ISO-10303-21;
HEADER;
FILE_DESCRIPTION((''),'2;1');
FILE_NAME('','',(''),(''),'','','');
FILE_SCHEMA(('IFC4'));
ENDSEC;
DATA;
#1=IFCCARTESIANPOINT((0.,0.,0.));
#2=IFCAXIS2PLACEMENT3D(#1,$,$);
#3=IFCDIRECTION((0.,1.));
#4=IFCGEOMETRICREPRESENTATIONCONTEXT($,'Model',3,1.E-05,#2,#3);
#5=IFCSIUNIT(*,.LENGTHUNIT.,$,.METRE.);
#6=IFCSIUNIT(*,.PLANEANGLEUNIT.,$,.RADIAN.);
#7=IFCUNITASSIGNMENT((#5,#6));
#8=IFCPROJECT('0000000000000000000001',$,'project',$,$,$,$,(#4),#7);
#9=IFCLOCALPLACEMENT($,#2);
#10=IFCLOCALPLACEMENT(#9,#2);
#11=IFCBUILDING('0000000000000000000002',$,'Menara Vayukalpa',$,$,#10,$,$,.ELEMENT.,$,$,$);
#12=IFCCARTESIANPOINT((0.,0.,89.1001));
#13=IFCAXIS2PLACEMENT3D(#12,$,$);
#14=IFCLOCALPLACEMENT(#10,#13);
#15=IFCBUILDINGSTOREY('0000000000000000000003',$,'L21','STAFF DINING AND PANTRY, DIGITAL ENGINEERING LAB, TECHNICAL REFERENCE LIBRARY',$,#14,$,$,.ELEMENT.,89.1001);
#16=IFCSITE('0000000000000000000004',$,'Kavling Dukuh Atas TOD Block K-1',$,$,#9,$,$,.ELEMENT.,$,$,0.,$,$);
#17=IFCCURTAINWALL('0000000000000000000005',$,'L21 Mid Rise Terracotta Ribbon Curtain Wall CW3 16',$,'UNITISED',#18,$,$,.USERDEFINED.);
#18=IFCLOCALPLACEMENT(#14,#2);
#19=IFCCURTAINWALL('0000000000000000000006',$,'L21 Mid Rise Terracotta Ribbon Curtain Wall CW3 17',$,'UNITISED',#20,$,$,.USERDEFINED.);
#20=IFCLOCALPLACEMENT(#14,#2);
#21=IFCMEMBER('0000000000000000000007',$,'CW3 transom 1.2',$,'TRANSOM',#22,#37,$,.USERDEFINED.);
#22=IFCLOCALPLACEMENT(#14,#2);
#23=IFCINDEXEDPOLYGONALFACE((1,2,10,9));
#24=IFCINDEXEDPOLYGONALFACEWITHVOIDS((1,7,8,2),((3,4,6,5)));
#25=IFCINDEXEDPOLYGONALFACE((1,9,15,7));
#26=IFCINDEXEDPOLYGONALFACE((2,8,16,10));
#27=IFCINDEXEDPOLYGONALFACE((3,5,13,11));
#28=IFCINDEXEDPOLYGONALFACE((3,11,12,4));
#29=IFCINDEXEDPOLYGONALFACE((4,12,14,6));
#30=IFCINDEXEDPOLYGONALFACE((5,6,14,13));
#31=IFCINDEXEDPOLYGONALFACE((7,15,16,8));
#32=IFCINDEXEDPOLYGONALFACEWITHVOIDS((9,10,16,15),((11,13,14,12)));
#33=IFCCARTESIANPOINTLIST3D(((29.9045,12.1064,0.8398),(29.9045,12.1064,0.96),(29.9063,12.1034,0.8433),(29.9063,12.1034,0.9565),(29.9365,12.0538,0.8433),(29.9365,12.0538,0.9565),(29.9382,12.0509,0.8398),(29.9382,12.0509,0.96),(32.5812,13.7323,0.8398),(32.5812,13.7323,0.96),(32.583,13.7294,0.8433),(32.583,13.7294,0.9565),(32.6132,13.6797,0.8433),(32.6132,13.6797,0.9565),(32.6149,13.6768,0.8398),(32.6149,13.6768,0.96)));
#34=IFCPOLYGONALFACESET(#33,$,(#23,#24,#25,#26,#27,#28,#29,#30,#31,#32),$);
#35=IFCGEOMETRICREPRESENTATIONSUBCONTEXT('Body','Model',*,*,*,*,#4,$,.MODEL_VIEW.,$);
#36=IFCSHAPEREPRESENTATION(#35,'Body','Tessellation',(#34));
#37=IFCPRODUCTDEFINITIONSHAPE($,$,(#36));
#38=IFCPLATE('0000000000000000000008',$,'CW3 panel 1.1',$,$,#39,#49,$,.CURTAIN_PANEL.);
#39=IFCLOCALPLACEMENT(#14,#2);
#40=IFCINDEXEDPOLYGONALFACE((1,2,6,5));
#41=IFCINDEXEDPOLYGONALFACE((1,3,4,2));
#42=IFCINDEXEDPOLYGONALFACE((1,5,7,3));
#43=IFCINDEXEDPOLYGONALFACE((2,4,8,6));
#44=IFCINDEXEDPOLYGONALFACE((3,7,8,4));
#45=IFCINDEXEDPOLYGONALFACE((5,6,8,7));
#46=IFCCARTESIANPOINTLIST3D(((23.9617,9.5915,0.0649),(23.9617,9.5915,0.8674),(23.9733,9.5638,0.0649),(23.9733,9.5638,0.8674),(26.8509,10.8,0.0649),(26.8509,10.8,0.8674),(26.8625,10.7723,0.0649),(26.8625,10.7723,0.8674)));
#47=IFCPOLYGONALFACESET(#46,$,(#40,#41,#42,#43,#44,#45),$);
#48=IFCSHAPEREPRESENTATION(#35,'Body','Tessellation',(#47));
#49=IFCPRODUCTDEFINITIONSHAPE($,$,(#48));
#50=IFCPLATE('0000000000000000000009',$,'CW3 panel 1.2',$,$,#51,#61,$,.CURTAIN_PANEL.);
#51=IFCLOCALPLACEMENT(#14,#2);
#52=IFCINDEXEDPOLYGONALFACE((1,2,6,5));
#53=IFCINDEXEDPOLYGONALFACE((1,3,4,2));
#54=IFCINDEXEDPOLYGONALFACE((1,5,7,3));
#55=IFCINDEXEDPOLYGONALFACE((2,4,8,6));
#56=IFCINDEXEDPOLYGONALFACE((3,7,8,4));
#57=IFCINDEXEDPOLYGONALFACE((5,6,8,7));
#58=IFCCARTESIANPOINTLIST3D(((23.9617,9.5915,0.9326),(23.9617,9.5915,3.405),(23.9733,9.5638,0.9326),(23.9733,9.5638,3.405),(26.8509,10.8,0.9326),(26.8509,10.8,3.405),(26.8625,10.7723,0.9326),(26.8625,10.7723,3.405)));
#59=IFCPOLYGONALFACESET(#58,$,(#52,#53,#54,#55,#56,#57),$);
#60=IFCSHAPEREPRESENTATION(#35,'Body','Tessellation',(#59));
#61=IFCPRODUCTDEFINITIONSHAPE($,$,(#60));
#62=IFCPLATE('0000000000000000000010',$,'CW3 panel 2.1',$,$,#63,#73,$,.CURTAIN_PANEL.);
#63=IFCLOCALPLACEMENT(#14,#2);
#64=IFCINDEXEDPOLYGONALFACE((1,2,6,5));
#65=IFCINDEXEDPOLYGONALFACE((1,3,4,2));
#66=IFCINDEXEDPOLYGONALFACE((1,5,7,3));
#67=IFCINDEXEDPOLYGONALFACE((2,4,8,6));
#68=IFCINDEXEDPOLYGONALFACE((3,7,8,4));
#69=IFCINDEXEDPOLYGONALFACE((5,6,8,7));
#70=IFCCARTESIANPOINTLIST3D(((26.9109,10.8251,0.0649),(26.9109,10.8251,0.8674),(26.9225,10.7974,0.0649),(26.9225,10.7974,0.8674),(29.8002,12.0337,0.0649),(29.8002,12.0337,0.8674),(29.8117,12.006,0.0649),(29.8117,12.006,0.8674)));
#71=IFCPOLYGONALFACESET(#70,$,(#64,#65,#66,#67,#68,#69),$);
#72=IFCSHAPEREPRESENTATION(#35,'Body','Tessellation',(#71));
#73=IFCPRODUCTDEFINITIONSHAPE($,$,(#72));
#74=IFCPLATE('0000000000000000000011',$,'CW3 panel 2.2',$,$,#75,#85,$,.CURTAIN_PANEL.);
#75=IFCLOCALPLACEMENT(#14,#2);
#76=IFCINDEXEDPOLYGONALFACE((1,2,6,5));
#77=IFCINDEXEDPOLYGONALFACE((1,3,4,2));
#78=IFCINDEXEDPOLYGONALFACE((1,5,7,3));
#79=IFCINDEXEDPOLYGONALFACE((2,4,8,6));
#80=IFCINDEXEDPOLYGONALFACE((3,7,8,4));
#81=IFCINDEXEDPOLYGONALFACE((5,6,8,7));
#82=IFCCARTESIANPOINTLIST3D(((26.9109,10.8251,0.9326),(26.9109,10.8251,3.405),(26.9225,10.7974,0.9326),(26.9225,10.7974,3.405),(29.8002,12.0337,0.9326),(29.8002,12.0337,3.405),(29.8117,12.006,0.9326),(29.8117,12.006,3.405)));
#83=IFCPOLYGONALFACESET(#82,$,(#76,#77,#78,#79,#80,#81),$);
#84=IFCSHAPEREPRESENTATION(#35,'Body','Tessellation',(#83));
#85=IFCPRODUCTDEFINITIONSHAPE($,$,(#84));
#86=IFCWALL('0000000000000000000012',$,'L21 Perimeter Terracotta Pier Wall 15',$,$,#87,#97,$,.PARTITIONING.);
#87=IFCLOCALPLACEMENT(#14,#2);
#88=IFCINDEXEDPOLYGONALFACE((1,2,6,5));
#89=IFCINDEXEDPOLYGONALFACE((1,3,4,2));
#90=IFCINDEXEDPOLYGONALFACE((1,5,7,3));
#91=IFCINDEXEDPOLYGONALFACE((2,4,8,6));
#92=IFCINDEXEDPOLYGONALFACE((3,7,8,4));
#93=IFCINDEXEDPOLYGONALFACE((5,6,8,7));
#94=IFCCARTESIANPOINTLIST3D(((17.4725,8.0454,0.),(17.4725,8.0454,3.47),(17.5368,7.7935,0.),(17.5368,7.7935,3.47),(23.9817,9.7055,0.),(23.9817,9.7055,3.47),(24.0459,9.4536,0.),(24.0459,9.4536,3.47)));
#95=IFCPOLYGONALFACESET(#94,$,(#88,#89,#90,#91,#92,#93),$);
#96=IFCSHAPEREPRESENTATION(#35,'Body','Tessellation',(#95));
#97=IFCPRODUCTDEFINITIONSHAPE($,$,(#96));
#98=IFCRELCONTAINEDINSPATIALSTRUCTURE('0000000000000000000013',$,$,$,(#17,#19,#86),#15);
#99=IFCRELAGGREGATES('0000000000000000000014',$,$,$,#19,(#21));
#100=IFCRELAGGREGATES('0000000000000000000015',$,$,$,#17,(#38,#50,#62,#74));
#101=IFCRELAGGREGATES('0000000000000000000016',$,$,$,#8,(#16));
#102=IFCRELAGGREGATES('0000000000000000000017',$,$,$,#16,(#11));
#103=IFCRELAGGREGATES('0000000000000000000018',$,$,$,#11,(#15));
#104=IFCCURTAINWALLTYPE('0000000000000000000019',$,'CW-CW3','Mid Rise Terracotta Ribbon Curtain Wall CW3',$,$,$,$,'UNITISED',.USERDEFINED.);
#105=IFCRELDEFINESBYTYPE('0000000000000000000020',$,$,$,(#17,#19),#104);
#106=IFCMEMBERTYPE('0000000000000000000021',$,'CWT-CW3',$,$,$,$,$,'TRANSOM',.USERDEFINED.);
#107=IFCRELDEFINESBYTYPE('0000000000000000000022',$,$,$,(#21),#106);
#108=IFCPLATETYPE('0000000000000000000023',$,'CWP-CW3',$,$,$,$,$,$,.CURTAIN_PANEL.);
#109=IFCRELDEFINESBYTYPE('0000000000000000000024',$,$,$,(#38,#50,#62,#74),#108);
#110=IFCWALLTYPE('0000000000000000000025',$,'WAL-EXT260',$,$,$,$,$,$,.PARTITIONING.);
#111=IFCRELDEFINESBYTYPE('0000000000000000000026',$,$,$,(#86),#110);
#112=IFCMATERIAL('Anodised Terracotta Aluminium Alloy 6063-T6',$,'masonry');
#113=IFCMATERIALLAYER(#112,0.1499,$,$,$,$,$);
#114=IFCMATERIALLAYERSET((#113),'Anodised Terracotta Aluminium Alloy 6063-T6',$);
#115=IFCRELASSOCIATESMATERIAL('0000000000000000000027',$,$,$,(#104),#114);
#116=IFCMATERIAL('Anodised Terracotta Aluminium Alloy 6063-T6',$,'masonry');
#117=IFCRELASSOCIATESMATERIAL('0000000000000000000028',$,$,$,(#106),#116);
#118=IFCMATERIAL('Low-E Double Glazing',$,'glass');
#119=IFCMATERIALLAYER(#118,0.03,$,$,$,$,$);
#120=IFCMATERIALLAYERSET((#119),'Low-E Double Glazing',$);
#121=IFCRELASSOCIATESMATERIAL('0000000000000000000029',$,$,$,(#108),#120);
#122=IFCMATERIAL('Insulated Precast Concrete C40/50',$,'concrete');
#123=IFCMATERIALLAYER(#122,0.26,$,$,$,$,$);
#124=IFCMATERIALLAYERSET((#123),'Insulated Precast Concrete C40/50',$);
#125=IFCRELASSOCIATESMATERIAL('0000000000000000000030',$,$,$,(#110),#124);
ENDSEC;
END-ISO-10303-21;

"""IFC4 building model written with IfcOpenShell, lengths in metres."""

from ifc_helpers import new_model, si_unit, direction, frame, frame_2d, origin, origin_2d, place, context, subcontext, project, spatial, rectangle, hollow_rectangle, extrude, material, layer, layer_set, material_profile, profile_set, type_object, element, aggregate, save


model = new_model("IFC4")

# Units and contexts
model_context = context("Model", 3, precision=1e-05, world=origin(), true_north=direction((0.0, 1.0)))
body_context = subcontext(model_context, "Body", "Model", "MODEL_VIEW")
ifc_project = project(units=[si_unit("LENGTHUNIT", "METRE"), si_unit("PLANEANGLEUNIT", "RADIAN")], contexts=[model_context])

# Site, building, storey
site_placement = place(None, origin())
site = spatial("IfcSite", under=ifc_project, at=site_placement, Name="Kavling Dukuh Atas TOD Block K-1", CompositionType="ELEMENT", RefElevation=0.0)
building_placement = place(site_placement, origin())
building = spatial("IfcBuilding", under=site, at=building_placement, Name="Menara Vayukalpa", CompositionType="ELEMENT")
storey_placement = place(building_placement, frame((0.0, 0.0, 89.1001)))
storey = spatial("IfcBuildingStorey", under=building, at=storey_placement, Name="L21", Description="STAFF DINING AND PANTRY, DIGITAL ENGINEERING LAB, TECHNICAL REFERENCE LIBRARY", CompositionType="ELEMENT", Elevation=89.1001)

# Curtain wall
ifc_material_1 = material(Name="Anodised Terracotta Aluminium Alloy 6063-T6", Category="masonry")
ifc_layer_1 = layer(ifc_material_1, 0.1499)
ifc_layer_set_1 = layer_set([ifc_layer_1], Name="Anodised Terracotta Aluminium Alloy 6063-T6")
curtain_wall_type = type_object("IfcCurtainWallType", Name="CW-CW3", Description="Mid Rise Terracotta Ribbon Curtain Wall CW3", ElementType="UNITISED", PredefinedType="USERDEFINED", material=ifc_layer_set_1)
curtain_wall_1_placement = place(storey_placement, origin())
curtain_wall_1 = element("IfcCurtainWall", 1, at=curtain_wall_1_placement, inside=storey, type_object=curtain_wall_type, Name="L21 Mid Rise Terracotta Ribbon Curtain Wall CW3 16", ObjectType="UNITISED", PredefinedType="USERDEFINED")

# Curtain wall
curtain_wall_2_placement = place(storey_placement, origin())
curtain_wall_2 = element("IfcCurtainWall", 2, at=curtain_wall_2_placement, inside=storey, type_object=curtain_wall_type, Name="L21 Mid Rise Terracotta Ribbon Curtain Wall CW3 17", ObjectType="UNITISED", PredefinedType="USERDEFINED")

# Member
ifc_material_2 = material(Name="Anodised Terracotta Aluminium Alloy 6063-T6", Category="masonry")
ifc_material_profile_1 = material_profile(ifc_material_2, hollow_rectangle(XDim=0.0649, YDim=0.1201, WallThickness=0.0034, at=origin_2d()), Name="ALU 65x120x3.5")
ifc_profile_set_1 = profile_set([ifc_material_profile_1], Name="Anodised Terracotta Aluminium Alloy 6063-T6")
member_type_1 = type_object("IfcMemberType", Name="CWT-CW3", ElementType="TRANSOM", PredefinedType="USERDEFINED", material=ifc_profile_set_1)
member_1_placement = place(storey_placement, frame((29.9214, 12.0786, 0.8999), z_axis=(0.854674, 0.519165, 0.0), x_axis=(-0.519165, 0.854674, 0.0)))
member_1 = element("IfcMember", 3, at=member_1_placement, type_object=member_type_1, Name="CW3 transom 1.2", ObjectType="TRANSOM", PredefinedType="USERDEFINED", context=body_context, shape_type="SweptSolid", body=[
    extrude(hollow_rectangle(XDim=0.0649, YDim=0.1201, WallThickness=0.0034, at=origin_2d()), origin(), (0.0, 0.0, 1.0), 3.1318),
])
aggregate(curtain_wall_2, [member_1])

# Plates
ifc_material_3 = material(Name="Low-E Double Glazing", Category="glass")
ifc_layer_2 = layer(ifc_material_3, 0.03)
ifc_layer_set_2 = layer_set([ifc_layer_2], Name="Low-E Double Glazing")
plate_type = type_object("IfcPlateType", Name="CWP-CW3", PredefinedType="CURTAIN_PANEL", material=ifc_layer_set_2)
plate_1_placement = place(storey_placement, frame((25.4121, 10.1819, 0.0649), z_axis=(0.0, 0.0, 1.0), x_axis=(0.922543, 0.385894, 0.0)))
plate_1 = element("IfcPlate", 4, at=plate_1_placement, type_object=plate_type, Name="CW3 panel 1.1", PredefinedType="CURTAIN_PANEL", context=body_context, shape_type="SweptSolid", body=[
    extrude(rectangle(XDim=3.1318, YDim=0.03, at=origin_2d()), origin(), (0.0, 0.0, 1.0), 0.8025),
])
plate_2_placement = place(storey_placement, frame((25.4121, 10.1819, 0.9326), z_axis=(0.0, 0.0, 1.0), x_axis=(0.922543, 0.385894, 0.0)))
plate_2 = element("IfcPlate", 5, at=plate_2_placement, type_object=plate_type, Name="CW3 panel 1.2", PredefinedType="CURTAIN_PANEL", context=body_context, shape_type="SweptSolid", body=[
    extrude(rectangle(XDim=3.1318, YDim=0.03, at=origin_2d()), origin(), (0.0, 0.0, 1.0), 2.4724),
])
plate_3_placement = place(storey_placement, frame((28.3613, 11.4155, 0.0649), z_axis=(0.0, 0.0, 1.0), x_axis=(0.922543, 0.385894, 0.0)))
plate_3 = element("IfcPlate", 6, at=plate_3_placement, type_object=plate_type, Name="CW3 panel 2.1", PredefinedType="CURTAIN_PANEL", context=body_context, shape_type="SweptSolid", body=[
    extrude(rectangle(XDim=3.1318, YDim=0.03, at=origin_2d()), origin(), (0.0, 0.0, 1.0), 0.8025),
])
plate_4_placement = place(storey_placement, frame((28.3613, 11.4155, 0.9326), z_axis=(0.0, 0.0, 1.0), x_axis=(0.922543, 0.385894, 0.0)))
plate_4 = element("IfcPlate", 7, at=plate_4_placement, type_object=plate_type, Name="CW3 panel 2.2", PredefinedType="CURTAIN_PANEL", context=body_context, shape_type="SweptSolid", body=[
    extrude(rectangle(XDim=3.1318, YDim=0.03, at=origin_2d()), origin(), (0.0, 0.0, 1.0), 2.4724),
])
aggregate(curtain_wall_1, [plate_1, plate_2, plate_3, plate_4])

# Wall
ifc_material_4 = material(Name="Insulated Precast Concrete C40/50", Category="concrete")
ifc_layer_3 = layer(ifc_material_4, 0.26)
ifc_layer_set_3 = layer_set([ifc_layer_3], Name="Insulated Precast Concrete C40/50")
wall_type = type_object("IfcWallType", Name="WAL-EXT260", PredefinedType="PARTITIONING", material=ifc_layer_set_3)
wall_placement = place(storey_placement, frame((24.0139, 9.5796, 0.0), z_axis=(0.0, 0.0, 1.0), x_axis=(-0.968981, -0.247134, 0.0)))
element("IfcWall", 8, at=wall_placement, inside=storey, type_object=wall_type, Name="L21 Perimeter Terracotta Pier Wall 15", PredefinedType="PARTITIONING", context=body_context, shape_type="SweptSolid", body=[
    extrude(rectangle(XDim=6.7175, YDim=0.26, at=frame_2d((3.3589, 0.0))), origin(), (0.0, 0.0, 1.0), 3.47),
])

save(model, "model.ifc")
